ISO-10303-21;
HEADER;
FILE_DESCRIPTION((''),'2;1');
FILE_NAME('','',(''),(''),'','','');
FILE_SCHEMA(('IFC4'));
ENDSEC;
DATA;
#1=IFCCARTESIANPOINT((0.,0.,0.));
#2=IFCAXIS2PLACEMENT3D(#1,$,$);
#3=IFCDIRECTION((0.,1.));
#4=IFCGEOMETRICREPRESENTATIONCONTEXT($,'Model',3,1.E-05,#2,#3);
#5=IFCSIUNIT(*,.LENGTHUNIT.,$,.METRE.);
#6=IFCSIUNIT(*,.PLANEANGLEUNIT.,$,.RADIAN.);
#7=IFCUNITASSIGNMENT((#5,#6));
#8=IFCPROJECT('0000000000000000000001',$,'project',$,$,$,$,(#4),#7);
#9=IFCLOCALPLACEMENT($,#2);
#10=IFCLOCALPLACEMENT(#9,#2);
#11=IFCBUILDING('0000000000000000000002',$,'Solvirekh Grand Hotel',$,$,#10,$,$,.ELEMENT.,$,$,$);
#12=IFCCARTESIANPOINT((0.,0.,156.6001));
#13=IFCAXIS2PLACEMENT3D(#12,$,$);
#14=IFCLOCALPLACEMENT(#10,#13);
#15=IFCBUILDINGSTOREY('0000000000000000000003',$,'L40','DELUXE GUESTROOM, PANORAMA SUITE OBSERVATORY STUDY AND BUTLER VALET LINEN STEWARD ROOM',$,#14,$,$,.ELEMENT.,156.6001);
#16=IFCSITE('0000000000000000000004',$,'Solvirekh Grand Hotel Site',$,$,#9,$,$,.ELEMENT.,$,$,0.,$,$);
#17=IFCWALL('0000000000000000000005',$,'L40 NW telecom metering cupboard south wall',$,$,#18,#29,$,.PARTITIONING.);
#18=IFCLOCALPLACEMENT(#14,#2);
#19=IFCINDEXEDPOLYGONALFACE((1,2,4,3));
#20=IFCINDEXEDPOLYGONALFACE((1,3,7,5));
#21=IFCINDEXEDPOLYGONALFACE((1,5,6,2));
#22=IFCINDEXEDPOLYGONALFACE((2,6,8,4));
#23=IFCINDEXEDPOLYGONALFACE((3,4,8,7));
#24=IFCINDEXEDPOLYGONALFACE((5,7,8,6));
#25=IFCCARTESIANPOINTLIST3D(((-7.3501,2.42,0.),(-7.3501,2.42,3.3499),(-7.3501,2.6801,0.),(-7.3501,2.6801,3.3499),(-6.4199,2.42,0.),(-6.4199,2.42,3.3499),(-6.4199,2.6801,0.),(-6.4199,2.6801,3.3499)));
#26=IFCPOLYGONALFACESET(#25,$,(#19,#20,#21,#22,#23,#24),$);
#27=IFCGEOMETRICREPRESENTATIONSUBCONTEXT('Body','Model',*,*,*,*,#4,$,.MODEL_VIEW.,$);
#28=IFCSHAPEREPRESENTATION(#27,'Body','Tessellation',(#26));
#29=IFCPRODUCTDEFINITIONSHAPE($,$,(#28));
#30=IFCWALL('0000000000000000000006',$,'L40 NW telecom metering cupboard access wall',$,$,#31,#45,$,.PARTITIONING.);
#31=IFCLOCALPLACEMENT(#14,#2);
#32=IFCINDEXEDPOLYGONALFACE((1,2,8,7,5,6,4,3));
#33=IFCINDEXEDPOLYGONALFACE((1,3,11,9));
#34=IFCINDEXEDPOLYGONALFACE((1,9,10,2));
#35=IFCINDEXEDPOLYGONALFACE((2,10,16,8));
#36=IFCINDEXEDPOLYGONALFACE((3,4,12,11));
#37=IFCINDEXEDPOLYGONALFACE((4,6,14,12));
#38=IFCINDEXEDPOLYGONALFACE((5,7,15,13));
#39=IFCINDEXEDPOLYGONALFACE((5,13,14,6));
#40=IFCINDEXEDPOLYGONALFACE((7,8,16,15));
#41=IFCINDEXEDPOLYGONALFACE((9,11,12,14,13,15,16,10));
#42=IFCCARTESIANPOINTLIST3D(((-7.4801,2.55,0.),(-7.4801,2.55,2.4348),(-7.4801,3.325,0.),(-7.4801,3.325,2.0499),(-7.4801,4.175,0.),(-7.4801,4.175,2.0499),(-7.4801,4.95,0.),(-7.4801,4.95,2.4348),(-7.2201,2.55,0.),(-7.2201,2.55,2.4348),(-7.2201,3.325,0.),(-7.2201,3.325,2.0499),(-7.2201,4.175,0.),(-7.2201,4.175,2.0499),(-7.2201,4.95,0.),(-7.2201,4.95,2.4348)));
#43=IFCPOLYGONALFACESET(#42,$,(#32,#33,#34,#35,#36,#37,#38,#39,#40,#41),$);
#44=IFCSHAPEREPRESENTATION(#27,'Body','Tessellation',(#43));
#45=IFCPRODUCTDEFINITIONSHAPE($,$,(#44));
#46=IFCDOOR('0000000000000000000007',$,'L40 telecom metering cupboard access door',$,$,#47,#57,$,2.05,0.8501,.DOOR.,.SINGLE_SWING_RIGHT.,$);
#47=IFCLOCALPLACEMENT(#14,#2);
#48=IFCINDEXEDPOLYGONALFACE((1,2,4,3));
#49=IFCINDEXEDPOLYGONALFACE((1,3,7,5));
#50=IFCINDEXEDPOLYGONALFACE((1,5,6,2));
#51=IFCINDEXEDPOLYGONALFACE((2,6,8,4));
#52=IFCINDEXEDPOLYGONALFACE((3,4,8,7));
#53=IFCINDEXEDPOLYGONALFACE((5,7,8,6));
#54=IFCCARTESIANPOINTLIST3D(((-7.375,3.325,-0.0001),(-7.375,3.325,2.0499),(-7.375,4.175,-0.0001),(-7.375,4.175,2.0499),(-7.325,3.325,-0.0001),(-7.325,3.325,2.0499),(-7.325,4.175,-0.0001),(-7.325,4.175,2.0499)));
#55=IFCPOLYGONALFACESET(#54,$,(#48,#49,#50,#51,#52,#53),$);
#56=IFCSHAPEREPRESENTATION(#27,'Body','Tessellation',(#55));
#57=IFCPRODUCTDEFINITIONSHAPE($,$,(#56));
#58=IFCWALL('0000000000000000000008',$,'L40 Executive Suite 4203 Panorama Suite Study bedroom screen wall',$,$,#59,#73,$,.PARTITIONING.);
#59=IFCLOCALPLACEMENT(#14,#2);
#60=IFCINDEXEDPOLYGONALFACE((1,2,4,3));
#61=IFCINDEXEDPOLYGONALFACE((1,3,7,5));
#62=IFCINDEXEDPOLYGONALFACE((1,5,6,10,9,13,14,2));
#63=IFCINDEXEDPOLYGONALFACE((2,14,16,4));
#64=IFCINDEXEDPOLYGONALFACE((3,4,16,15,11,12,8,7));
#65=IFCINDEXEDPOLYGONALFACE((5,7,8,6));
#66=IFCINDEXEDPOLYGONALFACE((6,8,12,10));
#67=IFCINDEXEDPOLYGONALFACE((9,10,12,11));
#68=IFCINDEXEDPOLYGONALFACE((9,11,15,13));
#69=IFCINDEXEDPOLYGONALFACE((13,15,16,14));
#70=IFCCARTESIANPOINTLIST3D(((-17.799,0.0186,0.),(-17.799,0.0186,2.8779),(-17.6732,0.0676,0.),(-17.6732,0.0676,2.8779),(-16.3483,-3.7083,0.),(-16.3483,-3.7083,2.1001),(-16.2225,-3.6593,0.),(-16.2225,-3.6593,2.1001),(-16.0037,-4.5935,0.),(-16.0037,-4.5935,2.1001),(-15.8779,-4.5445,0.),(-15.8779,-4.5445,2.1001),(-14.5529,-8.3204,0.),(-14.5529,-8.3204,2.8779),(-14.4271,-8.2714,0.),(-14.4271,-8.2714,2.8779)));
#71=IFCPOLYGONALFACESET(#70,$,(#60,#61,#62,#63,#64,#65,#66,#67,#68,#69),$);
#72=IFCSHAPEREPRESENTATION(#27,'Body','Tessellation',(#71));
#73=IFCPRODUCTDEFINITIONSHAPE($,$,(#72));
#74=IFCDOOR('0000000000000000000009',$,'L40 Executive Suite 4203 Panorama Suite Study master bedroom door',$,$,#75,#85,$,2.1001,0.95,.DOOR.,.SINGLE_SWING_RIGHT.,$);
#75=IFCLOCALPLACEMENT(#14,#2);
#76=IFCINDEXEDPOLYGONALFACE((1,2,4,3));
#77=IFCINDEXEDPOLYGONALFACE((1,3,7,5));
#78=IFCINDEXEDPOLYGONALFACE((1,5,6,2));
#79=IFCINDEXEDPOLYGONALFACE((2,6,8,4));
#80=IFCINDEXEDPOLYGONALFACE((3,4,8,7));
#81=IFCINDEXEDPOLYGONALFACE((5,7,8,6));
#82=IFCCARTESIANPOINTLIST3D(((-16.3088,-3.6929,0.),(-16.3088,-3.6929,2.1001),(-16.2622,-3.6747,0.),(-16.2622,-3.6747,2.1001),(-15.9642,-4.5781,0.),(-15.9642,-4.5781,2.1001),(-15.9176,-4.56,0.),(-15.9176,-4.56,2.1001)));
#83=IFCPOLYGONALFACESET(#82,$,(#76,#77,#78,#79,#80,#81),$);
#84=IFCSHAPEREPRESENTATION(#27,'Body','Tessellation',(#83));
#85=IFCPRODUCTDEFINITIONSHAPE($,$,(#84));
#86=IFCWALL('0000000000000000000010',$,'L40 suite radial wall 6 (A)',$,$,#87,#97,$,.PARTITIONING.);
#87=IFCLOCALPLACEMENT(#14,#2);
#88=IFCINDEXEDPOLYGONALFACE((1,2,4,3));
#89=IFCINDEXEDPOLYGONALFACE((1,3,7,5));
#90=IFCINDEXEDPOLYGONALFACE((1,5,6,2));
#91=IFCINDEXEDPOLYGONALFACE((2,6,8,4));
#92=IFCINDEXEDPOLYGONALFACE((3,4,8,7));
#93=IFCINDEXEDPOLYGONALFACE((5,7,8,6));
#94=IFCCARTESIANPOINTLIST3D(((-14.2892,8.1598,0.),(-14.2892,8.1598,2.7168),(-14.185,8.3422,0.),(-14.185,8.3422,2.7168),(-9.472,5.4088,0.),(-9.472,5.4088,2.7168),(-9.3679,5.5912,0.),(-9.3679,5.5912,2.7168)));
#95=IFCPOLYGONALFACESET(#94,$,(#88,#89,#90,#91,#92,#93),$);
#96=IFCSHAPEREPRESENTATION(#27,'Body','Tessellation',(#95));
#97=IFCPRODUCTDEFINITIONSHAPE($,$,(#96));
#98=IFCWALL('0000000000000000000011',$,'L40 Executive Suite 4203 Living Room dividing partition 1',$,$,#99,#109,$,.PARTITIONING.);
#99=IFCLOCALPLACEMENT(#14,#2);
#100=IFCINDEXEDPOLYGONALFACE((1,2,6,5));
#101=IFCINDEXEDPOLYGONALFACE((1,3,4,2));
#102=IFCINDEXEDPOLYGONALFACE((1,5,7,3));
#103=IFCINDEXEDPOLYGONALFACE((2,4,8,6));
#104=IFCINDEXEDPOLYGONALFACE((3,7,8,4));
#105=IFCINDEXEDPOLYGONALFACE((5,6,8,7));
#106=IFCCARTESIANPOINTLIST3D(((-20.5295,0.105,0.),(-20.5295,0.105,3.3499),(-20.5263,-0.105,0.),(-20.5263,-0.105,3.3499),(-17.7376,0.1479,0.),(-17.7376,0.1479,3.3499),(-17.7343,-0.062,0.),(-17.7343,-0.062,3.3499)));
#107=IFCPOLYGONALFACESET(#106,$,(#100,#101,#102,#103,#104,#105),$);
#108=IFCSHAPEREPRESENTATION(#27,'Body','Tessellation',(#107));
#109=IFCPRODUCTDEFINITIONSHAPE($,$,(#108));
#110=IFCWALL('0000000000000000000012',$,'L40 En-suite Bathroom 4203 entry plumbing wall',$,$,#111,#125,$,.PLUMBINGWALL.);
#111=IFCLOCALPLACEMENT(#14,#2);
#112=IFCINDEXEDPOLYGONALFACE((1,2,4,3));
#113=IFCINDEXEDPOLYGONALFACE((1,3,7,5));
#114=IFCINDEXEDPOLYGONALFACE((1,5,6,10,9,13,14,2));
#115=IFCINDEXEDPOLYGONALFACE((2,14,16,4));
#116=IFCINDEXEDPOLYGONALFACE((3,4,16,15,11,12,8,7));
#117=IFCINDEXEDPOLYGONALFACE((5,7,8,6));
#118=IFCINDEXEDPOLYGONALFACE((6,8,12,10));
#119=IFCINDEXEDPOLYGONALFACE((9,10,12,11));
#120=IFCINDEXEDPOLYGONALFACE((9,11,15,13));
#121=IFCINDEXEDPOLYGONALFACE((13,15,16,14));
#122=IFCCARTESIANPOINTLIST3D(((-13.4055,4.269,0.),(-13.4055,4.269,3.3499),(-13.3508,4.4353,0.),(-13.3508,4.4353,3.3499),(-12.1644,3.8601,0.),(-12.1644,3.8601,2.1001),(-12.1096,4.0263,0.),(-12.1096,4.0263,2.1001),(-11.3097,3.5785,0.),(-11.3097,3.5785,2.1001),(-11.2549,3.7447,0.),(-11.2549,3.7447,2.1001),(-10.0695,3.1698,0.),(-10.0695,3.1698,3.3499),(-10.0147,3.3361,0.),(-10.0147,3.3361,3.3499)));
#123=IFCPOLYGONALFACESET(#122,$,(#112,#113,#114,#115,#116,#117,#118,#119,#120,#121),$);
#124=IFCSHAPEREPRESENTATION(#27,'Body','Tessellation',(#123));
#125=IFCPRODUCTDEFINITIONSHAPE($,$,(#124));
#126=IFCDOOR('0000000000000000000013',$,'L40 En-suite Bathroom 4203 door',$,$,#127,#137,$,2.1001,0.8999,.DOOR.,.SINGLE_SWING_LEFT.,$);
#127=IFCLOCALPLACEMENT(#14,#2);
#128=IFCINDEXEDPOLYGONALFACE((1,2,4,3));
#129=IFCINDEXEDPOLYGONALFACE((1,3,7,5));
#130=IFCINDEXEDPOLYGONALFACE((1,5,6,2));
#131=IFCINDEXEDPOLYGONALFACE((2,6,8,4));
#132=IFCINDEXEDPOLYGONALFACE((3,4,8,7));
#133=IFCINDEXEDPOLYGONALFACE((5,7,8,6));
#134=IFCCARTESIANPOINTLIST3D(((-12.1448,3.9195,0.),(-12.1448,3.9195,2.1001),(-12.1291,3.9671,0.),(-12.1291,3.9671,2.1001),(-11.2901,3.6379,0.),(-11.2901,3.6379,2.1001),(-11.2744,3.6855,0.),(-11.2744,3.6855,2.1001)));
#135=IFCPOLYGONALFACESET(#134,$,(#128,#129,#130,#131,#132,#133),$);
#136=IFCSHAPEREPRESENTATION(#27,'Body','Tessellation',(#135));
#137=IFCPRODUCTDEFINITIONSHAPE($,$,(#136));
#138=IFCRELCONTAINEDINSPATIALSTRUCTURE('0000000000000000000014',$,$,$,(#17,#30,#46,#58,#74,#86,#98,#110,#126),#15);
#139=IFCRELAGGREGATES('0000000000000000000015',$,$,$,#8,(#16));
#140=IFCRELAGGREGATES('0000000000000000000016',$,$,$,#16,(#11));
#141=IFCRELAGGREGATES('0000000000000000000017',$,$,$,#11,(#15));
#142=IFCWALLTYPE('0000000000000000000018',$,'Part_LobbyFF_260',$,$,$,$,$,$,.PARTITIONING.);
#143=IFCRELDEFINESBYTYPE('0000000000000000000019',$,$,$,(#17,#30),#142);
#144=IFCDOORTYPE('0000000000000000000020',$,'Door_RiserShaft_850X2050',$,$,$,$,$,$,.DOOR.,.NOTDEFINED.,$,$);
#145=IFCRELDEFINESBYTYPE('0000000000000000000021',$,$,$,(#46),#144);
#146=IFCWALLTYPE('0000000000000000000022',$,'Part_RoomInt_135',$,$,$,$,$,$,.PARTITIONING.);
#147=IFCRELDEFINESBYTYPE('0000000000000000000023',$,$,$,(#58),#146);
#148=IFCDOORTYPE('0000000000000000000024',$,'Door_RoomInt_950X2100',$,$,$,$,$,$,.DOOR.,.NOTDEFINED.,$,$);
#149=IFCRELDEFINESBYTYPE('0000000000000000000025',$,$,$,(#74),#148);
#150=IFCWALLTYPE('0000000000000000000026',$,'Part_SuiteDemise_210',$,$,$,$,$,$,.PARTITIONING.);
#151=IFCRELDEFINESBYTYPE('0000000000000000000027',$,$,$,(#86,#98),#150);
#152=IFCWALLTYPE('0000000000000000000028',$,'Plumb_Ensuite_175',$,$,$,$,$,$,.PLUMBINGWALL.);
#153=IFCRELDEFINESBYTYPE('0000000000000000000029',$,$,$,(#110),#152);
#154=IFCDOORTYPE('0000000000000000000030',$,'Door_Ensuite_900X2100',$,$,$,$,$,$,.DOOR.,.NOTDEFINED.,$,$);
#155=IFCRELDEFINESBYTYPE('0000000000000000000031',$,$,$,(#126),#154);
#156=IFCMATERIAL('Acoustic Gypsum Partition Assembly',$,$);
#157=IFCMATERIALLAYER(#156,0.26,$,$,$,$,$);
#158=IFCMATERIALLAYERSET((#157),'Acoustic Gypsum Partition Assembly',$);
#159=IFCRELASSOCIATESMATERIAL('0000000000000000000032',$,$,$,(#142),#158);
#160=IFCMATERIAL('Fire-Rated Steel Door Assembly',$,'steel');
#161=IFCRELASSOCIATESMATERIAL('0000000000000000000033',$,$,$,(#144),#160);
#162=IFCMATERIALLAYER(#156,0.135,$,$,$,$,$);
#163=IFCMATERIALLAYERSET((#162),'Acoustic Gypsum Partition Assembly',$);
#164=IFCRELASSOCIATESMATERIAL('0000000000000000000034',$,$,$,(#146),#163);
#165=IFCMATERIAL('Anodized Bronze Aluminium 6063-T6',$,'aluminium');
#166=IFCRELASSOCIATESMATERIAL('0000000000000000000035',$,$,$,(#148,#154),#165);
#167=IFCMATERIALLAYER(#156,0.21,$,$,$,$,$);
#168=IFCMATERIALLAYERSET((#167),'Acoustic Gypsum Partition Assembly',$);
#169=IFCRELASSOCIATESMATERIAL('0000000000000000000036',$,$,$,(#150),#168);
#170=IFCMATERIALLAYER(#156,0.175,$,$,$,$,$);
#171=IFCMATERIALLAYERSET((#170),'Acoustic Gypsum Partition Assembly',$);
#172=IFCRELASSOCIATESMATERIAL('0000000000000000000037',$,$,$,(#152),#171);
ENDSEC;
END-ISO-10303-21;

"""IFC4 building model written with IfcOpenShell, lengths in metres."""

from ifc_helpers import new_model, si_unit, direction, frame, frame_2d, origin, place, context, subcontext, project, spatial, rectangle, extrude, material, layer, layer_set, type_object, element, fill, save


model = new_model("IFC4")

# Units and contexts
model_context = context("Model", 3, precision=1e-05, world=origin(), true_north=direction((0.0, 1.0)))
body_context = subcontext(model_context, "Body", "Model", "MODEL_VIEW")
ifc_project = project(units=[si_unit("LENGTHUNIT", "METRE"), si_unit("PLANEANGLEUNIT", "RADIAN")], contexts=[model_context])

# Site, building, storey
site_placement = place(None, origin())
site = spatial("IfcSite", under=ifc_project, at=site_placement, Name="Solvirekh Grand Hotel Site", CompositionType="ELEMENT", RefElevation=0.0)
building_placement = place(site_placement, origin())
building = spatial("IfcBuilding", under=site, at=building_placement, Name="Solvirekh Grand Hotel", CompositionType="ELEMENT")
storey_placement = place(building_placement, frame((0.0, 0.0, 156.6001)))
storey = spatial("IfcBuildingStorey", under=building, at=storey_placement, Name="L40", Description="DELUXE GUESTROOM, PANORAMA SUITE OBSERVATORY STUDY AND BUTLER VALET LINEN STEWARD ROOM", CompositionType="ELEMENT", Elevation=156.6001)

# Shared definitions
ifc_material_1 = material(Name="Anodized Bronze Aluminium 6063-T6", Category="aluminium")

# Shared definitions
ifc_material_2 = material(Name="Acoustic Gypsum Partition Assembly")
ifc_material_3 = material(Name="Fire-Rated Steel Door Assembly", Category="steel")

# Wall
ifc_layer_1 = layer(ifc_material_2, 0.26)
ifc_layer_set_1 = layer_set([ifc_layer_1], Name="Acoustic Gypsum Partition Assembly")
wall_type_1 = type_object("IfcWallType", Name="Part_LobbyFF_260", PredefinedType="PARTITIONING", material=ifc_layer_set_1)
wall_1_placement = place(storey_placement, frame((-7.3501, 2.55, 0.0), z_axis=(0.0, 0.0, 1.0), x_axis=(1.0, 0.0, 0.0)))
element("IfcWall", 1, at=wall_1_placement, inside=storey, type_object=wall_type_1, Name="L40 NW telecom metering cupboard south wall", PredefinedType="PARTITIONING", context=body_context, shape_type="SweptSolid", body=[
    extrude(rectangle(XDim=0.9302, YDim=0.26, at=frame_2d((0.4651, 0.0))), origin(), (0.0, 0.0, 1.0), 3.3499),
])

# Walls, openings, doors
wall_2_placement = place(storey_placement, frame((-7.3501, 2.55, 0.0), z_axis=(0.0, 0.0, 1.0), x_axis=(0.0, 1.0, 0.0)))
wall_2 = element("IfcWall", 2, at=wall_2_placement, inside=storey, type_object=wall_type_1, Name="L40 NW telecom metering cupboard access wall", PredefinedType="PARTITIONING", context=body_context, shape_type="SweptSolid", body=[
    extrude(rectangle(XDim=2.3999, YDim=0.26, at=frame_2d((1.2, 0.0))), origin(), (0.0, 0.0, 1.0), 2.4348),
])
opening_1_placement = place(wall_2_placement, frame((0.7749, 0.0, 0.0)))
opening_1 = element("IfcOpeningElement", 3, at=opening_1_placement, cuts=wall_2, PredefinedType="OPENING", context=body_context, shape_type="SweptSolid", body=[
    extrude(rectangle(XDim=0.8501, YDim=2.05, at=frame_2d((0.425, 1.0249))), frame((0.0, 0.1401, 0.0), z_axis=(0.0, -1.0, 0.0), x_axis=(1.0, 0.0, 0.0)), (0.0, 0.0, 1.0), 0.28),
])
door_type_1 = type_object("IfcDoorType", Name="Door_RiserShaft_850X2050", OperationType="NOTDEFINED", PredefinedType="DOOR", material=ifc_material_3)
door_1_placement = place(opening_1_placement, origin())
door_1 = element("IfcDoor", 4, at=door_1_placement, inside=storey, type_object=door_type_1, Name="L40 telecom metering cupboard access door", OperationType="SINGLE_SWING_RIGHT", OverallHeight=2.05, OverallWidth=0.8501, PredefinedType="DOOR", context=body_context, shape_type="SweptSolid", body=[
    extrude(rectangle(XDim=0.8501, YDim=2.05, at=frame_2d((0.425, 1.0249))), frame((0.0, 0.0249, 0.0), z_axis=(0.0, -1.0, 0.0), x_axis=(1.0, 0.0, 0.0)), (0.0, 0.0, 1.0), 0.05),
])
fill(opening_1, door_1)
ifc_layer_2 = layer(ifc_material_2, 0.135)
ifc_layer_set_2 = layer_set([ifc_layer_2], Name="Acoustic Gypsum Partition Assembly")
wall_type_2 = type_object("IfcWallType", Name="Part_RoomInt_135", PredefinedType="PARTITIONING", material=ifc_layer_set_2)
wall_3_placement = place(storey_placement, frame((-17.7361, 0.043, 0.0), z_axis=(0.0, 0.0, 1.0), x_axis=(0.362757, -0.931884, 0.0)))
wall_3 = element("IfcWall", 5, at=wall_3_placement, inside=storey, type_object=wall_type_2, Name="L40 Executive Suite 4203 Panorama Suite Study bedroom screen wall", PredefinedType="PARTITIONING", context=body_context, shape_type="SweptSolid", body=[
    extrude(rectangle(XDim=8.9485, YDim=0.135, at=frame_2d((4.4741, 0.0))), origin(), (0.0, 0.0, 1.0), 2.8779),
])
opening_2_placement = place(wall_3_placement, frame((3.999, 0.0, 0.0)))
opening_2 = element("IfcOpeningElement", 6, at=opening_2_placement, cuts=wall_3, PredefinedType="OPENING", context=body_context, shape_type="SweptSolid", body=[
    extrude(rectangle(XDim=0.95, YDim=2.1001, at=frame_2d((0.4751, 1.05))), frame((0.0, 0.0776, 0.0), z_axis=(0.0, -1.0, 0.0), x_axis=(1.0, 0.0, 0.0)), (0.0, 0.0, 1.0), 0.155),
])
door_type_2 = type_object("IfcDoorType", Name="Door_RoomInt_950X2100", OperationType="NOTDEFINED", PredefinedType="DOOR", material=ifc_material_1)
door_2_placement = place(opening_2_placement, origin())
door_2 = element("IfcDoor", 7, at=door_2_placement, inside=storey, type_object=door_type_2, Name="L40 Executive Suite 4203 Panorama Suite Study master bedroom door", OperationType="SINGLE_SWING_RIGHT", OverallHeight=2.1001, OverallWidth=0.95, PredefinedType="DOOR", context=body_context, shape_type="SweptSolid", body=[
    extrude(rectangle(XDim=0.95, YDim=2.1001, at=frame_2d((0.4751, 1.05))), frame((0.0, 0.0249, 0.0), z_axis=(0.0, -1.0, 0.0), x_axis=(1.0, 0.0, 0.0)), (0.0, 0.0, 1.0), 0.05),
])
fill(opening_2, door_2)

# Walls
ifc_layer_3 = layer(ifc_material_2, 0.21)
ifc_layer_set_3 = layer_set([ifc_layer_3], Name="Acoustic Gypsum Partition Assembly")
wall_type_3 = type_object("IfcWallType", Name="Part_SuiteDemise_210", PredefinedType="PARTITIONING", material=ifc_layer_set_3)
wall_4_placement = place(storey_placement, frame((-9.4199, 5.5, 0.0), z_axis=(0.0, 0.0, 1.0), x_axis=(-0.868373, 0.495911, 0.0)))
element("IfcWall", 8, at=wall_4_placement, inside=storey, type_object=wall_type_3, Name="L40 suite radial wall 6 (A)", PredefinedType="PARTITIONING", context=body_context, shape_type="SweptSolid", body=[
    extrude(rectangle(XDim=5.5474, YDim=0.21, at=frame_2d((2.7737, 0.0))), origin(), (0.0, 0.0, 1.0), 2.7168),
])
wall_5_placement = place(storey_placement, frame((-17.7361, 0.043, 0.0), z_axis=(0.0, 0.0, 1.0), x_axis=(-0.999882, -0.015388, 0.0)))
element("IfcWall", 9, at=wall_5_placement, inside=storey, type_object=wall_type_3, Name="L40 Executive Suite 4203 Living Room dividing partition 1", PredefinedType="PARTITIONING", context=body_context, shape_type="SweptSolid", body=[
    extrude(rectangle(XDim=2.7922, YDim=0.21, at=frame_2d((1.396, 0.0))), origin(), (0.0, 0.0, 1.0), 3.3499),
])

# Wall, opening, door
ifc_layer_4 = layer(ifc_material_2, 0.175)
ifc_layer_set_4 = layer_set([ifc_layer_4], Name="Acoustic Gypsum Partition Assembly")
wall_type_4 = type_object("IfcWallType", Name="Plumb_Ensuite_175", PredefinedType="PLUMBINGWALL", material=ifc_layer_set_4)
wall_6_placement = place(storey_placement, frame((-10.042, 3.2529, 0.0), z_axis=(0.0, 0.0, 1.0), x_axis=(-0.949776, 0.312931, 0.0)))
wall_6 = element("IfcWall", 10, at=wall_6_placement, inside=storey, type_object=wall_type_4, Name="L40 En-suite Bathroom 4203 entry plumbing wall", PredefinedType="PLUMBINGWALL", context=body_context, shape_type="SweptSolid", body=[
    extrude(rectangle(XDim=3.5125, YDim=0.175, at=frame_2d((1.7563, 0.0))), origin(), (0.0, 0.0, 1.0), 3.3499),
])
opening_3_placement = place(wall_6_placement, frame((1.3059, 0.0, 0.0)))
opening_3 = element("IfcOpeningElement", 11, at=opening_3_placement, cuts=wall_6, PredefinedType="OPENING", context=body_context, shape_type="SweptSolid", body=[
    extrude(rectangle(XDim=0.8999, YDim=2.1001, at=frame_2d((0.45, 1.05))), frame((0.0, 0.0977, 0.0), z_axis=(0.0, -1.0, 0.0), x_axis=(1.0, 0.0, 0.0)), (0.0, 0.0, 1.0), 0.1951),
])
door_type_3 = type_object("IfcDoorType", Name="Door_Ensuite_900X2100", OperationType="NOTDEFINED", PredefinedType="DOOR", material=ifc_material_1)
door_3_placement = place(opening_3_placement, origin())
door_3 = element("IfcDoor", 12, at=door_3_placement, inside=storey, type_object=door_type_3, Name="L40 En-suite Bathroom 4203 door", OperationType="SINGLE_SWING_LEFT", OverallHeight=2.1001, OverallWidth=0.8999, PredefinedType="DOOR", context=body_context, shape_type="SweptSolid", body=[
    extrude(rectangle(XDim=0.8999, YDim=2.1001, at=frame_2d((0.45, 1.05))), frame((0.0, 0.0249, 0.0), z_axis=(0.0, -1.0, 0.0), x_axis=(1.0, 0.0, 0.0)), (0.0, 0.0, 1.0), 0.05),
])
fill(opening_3, door_3)

save(model, "model.ifc")
